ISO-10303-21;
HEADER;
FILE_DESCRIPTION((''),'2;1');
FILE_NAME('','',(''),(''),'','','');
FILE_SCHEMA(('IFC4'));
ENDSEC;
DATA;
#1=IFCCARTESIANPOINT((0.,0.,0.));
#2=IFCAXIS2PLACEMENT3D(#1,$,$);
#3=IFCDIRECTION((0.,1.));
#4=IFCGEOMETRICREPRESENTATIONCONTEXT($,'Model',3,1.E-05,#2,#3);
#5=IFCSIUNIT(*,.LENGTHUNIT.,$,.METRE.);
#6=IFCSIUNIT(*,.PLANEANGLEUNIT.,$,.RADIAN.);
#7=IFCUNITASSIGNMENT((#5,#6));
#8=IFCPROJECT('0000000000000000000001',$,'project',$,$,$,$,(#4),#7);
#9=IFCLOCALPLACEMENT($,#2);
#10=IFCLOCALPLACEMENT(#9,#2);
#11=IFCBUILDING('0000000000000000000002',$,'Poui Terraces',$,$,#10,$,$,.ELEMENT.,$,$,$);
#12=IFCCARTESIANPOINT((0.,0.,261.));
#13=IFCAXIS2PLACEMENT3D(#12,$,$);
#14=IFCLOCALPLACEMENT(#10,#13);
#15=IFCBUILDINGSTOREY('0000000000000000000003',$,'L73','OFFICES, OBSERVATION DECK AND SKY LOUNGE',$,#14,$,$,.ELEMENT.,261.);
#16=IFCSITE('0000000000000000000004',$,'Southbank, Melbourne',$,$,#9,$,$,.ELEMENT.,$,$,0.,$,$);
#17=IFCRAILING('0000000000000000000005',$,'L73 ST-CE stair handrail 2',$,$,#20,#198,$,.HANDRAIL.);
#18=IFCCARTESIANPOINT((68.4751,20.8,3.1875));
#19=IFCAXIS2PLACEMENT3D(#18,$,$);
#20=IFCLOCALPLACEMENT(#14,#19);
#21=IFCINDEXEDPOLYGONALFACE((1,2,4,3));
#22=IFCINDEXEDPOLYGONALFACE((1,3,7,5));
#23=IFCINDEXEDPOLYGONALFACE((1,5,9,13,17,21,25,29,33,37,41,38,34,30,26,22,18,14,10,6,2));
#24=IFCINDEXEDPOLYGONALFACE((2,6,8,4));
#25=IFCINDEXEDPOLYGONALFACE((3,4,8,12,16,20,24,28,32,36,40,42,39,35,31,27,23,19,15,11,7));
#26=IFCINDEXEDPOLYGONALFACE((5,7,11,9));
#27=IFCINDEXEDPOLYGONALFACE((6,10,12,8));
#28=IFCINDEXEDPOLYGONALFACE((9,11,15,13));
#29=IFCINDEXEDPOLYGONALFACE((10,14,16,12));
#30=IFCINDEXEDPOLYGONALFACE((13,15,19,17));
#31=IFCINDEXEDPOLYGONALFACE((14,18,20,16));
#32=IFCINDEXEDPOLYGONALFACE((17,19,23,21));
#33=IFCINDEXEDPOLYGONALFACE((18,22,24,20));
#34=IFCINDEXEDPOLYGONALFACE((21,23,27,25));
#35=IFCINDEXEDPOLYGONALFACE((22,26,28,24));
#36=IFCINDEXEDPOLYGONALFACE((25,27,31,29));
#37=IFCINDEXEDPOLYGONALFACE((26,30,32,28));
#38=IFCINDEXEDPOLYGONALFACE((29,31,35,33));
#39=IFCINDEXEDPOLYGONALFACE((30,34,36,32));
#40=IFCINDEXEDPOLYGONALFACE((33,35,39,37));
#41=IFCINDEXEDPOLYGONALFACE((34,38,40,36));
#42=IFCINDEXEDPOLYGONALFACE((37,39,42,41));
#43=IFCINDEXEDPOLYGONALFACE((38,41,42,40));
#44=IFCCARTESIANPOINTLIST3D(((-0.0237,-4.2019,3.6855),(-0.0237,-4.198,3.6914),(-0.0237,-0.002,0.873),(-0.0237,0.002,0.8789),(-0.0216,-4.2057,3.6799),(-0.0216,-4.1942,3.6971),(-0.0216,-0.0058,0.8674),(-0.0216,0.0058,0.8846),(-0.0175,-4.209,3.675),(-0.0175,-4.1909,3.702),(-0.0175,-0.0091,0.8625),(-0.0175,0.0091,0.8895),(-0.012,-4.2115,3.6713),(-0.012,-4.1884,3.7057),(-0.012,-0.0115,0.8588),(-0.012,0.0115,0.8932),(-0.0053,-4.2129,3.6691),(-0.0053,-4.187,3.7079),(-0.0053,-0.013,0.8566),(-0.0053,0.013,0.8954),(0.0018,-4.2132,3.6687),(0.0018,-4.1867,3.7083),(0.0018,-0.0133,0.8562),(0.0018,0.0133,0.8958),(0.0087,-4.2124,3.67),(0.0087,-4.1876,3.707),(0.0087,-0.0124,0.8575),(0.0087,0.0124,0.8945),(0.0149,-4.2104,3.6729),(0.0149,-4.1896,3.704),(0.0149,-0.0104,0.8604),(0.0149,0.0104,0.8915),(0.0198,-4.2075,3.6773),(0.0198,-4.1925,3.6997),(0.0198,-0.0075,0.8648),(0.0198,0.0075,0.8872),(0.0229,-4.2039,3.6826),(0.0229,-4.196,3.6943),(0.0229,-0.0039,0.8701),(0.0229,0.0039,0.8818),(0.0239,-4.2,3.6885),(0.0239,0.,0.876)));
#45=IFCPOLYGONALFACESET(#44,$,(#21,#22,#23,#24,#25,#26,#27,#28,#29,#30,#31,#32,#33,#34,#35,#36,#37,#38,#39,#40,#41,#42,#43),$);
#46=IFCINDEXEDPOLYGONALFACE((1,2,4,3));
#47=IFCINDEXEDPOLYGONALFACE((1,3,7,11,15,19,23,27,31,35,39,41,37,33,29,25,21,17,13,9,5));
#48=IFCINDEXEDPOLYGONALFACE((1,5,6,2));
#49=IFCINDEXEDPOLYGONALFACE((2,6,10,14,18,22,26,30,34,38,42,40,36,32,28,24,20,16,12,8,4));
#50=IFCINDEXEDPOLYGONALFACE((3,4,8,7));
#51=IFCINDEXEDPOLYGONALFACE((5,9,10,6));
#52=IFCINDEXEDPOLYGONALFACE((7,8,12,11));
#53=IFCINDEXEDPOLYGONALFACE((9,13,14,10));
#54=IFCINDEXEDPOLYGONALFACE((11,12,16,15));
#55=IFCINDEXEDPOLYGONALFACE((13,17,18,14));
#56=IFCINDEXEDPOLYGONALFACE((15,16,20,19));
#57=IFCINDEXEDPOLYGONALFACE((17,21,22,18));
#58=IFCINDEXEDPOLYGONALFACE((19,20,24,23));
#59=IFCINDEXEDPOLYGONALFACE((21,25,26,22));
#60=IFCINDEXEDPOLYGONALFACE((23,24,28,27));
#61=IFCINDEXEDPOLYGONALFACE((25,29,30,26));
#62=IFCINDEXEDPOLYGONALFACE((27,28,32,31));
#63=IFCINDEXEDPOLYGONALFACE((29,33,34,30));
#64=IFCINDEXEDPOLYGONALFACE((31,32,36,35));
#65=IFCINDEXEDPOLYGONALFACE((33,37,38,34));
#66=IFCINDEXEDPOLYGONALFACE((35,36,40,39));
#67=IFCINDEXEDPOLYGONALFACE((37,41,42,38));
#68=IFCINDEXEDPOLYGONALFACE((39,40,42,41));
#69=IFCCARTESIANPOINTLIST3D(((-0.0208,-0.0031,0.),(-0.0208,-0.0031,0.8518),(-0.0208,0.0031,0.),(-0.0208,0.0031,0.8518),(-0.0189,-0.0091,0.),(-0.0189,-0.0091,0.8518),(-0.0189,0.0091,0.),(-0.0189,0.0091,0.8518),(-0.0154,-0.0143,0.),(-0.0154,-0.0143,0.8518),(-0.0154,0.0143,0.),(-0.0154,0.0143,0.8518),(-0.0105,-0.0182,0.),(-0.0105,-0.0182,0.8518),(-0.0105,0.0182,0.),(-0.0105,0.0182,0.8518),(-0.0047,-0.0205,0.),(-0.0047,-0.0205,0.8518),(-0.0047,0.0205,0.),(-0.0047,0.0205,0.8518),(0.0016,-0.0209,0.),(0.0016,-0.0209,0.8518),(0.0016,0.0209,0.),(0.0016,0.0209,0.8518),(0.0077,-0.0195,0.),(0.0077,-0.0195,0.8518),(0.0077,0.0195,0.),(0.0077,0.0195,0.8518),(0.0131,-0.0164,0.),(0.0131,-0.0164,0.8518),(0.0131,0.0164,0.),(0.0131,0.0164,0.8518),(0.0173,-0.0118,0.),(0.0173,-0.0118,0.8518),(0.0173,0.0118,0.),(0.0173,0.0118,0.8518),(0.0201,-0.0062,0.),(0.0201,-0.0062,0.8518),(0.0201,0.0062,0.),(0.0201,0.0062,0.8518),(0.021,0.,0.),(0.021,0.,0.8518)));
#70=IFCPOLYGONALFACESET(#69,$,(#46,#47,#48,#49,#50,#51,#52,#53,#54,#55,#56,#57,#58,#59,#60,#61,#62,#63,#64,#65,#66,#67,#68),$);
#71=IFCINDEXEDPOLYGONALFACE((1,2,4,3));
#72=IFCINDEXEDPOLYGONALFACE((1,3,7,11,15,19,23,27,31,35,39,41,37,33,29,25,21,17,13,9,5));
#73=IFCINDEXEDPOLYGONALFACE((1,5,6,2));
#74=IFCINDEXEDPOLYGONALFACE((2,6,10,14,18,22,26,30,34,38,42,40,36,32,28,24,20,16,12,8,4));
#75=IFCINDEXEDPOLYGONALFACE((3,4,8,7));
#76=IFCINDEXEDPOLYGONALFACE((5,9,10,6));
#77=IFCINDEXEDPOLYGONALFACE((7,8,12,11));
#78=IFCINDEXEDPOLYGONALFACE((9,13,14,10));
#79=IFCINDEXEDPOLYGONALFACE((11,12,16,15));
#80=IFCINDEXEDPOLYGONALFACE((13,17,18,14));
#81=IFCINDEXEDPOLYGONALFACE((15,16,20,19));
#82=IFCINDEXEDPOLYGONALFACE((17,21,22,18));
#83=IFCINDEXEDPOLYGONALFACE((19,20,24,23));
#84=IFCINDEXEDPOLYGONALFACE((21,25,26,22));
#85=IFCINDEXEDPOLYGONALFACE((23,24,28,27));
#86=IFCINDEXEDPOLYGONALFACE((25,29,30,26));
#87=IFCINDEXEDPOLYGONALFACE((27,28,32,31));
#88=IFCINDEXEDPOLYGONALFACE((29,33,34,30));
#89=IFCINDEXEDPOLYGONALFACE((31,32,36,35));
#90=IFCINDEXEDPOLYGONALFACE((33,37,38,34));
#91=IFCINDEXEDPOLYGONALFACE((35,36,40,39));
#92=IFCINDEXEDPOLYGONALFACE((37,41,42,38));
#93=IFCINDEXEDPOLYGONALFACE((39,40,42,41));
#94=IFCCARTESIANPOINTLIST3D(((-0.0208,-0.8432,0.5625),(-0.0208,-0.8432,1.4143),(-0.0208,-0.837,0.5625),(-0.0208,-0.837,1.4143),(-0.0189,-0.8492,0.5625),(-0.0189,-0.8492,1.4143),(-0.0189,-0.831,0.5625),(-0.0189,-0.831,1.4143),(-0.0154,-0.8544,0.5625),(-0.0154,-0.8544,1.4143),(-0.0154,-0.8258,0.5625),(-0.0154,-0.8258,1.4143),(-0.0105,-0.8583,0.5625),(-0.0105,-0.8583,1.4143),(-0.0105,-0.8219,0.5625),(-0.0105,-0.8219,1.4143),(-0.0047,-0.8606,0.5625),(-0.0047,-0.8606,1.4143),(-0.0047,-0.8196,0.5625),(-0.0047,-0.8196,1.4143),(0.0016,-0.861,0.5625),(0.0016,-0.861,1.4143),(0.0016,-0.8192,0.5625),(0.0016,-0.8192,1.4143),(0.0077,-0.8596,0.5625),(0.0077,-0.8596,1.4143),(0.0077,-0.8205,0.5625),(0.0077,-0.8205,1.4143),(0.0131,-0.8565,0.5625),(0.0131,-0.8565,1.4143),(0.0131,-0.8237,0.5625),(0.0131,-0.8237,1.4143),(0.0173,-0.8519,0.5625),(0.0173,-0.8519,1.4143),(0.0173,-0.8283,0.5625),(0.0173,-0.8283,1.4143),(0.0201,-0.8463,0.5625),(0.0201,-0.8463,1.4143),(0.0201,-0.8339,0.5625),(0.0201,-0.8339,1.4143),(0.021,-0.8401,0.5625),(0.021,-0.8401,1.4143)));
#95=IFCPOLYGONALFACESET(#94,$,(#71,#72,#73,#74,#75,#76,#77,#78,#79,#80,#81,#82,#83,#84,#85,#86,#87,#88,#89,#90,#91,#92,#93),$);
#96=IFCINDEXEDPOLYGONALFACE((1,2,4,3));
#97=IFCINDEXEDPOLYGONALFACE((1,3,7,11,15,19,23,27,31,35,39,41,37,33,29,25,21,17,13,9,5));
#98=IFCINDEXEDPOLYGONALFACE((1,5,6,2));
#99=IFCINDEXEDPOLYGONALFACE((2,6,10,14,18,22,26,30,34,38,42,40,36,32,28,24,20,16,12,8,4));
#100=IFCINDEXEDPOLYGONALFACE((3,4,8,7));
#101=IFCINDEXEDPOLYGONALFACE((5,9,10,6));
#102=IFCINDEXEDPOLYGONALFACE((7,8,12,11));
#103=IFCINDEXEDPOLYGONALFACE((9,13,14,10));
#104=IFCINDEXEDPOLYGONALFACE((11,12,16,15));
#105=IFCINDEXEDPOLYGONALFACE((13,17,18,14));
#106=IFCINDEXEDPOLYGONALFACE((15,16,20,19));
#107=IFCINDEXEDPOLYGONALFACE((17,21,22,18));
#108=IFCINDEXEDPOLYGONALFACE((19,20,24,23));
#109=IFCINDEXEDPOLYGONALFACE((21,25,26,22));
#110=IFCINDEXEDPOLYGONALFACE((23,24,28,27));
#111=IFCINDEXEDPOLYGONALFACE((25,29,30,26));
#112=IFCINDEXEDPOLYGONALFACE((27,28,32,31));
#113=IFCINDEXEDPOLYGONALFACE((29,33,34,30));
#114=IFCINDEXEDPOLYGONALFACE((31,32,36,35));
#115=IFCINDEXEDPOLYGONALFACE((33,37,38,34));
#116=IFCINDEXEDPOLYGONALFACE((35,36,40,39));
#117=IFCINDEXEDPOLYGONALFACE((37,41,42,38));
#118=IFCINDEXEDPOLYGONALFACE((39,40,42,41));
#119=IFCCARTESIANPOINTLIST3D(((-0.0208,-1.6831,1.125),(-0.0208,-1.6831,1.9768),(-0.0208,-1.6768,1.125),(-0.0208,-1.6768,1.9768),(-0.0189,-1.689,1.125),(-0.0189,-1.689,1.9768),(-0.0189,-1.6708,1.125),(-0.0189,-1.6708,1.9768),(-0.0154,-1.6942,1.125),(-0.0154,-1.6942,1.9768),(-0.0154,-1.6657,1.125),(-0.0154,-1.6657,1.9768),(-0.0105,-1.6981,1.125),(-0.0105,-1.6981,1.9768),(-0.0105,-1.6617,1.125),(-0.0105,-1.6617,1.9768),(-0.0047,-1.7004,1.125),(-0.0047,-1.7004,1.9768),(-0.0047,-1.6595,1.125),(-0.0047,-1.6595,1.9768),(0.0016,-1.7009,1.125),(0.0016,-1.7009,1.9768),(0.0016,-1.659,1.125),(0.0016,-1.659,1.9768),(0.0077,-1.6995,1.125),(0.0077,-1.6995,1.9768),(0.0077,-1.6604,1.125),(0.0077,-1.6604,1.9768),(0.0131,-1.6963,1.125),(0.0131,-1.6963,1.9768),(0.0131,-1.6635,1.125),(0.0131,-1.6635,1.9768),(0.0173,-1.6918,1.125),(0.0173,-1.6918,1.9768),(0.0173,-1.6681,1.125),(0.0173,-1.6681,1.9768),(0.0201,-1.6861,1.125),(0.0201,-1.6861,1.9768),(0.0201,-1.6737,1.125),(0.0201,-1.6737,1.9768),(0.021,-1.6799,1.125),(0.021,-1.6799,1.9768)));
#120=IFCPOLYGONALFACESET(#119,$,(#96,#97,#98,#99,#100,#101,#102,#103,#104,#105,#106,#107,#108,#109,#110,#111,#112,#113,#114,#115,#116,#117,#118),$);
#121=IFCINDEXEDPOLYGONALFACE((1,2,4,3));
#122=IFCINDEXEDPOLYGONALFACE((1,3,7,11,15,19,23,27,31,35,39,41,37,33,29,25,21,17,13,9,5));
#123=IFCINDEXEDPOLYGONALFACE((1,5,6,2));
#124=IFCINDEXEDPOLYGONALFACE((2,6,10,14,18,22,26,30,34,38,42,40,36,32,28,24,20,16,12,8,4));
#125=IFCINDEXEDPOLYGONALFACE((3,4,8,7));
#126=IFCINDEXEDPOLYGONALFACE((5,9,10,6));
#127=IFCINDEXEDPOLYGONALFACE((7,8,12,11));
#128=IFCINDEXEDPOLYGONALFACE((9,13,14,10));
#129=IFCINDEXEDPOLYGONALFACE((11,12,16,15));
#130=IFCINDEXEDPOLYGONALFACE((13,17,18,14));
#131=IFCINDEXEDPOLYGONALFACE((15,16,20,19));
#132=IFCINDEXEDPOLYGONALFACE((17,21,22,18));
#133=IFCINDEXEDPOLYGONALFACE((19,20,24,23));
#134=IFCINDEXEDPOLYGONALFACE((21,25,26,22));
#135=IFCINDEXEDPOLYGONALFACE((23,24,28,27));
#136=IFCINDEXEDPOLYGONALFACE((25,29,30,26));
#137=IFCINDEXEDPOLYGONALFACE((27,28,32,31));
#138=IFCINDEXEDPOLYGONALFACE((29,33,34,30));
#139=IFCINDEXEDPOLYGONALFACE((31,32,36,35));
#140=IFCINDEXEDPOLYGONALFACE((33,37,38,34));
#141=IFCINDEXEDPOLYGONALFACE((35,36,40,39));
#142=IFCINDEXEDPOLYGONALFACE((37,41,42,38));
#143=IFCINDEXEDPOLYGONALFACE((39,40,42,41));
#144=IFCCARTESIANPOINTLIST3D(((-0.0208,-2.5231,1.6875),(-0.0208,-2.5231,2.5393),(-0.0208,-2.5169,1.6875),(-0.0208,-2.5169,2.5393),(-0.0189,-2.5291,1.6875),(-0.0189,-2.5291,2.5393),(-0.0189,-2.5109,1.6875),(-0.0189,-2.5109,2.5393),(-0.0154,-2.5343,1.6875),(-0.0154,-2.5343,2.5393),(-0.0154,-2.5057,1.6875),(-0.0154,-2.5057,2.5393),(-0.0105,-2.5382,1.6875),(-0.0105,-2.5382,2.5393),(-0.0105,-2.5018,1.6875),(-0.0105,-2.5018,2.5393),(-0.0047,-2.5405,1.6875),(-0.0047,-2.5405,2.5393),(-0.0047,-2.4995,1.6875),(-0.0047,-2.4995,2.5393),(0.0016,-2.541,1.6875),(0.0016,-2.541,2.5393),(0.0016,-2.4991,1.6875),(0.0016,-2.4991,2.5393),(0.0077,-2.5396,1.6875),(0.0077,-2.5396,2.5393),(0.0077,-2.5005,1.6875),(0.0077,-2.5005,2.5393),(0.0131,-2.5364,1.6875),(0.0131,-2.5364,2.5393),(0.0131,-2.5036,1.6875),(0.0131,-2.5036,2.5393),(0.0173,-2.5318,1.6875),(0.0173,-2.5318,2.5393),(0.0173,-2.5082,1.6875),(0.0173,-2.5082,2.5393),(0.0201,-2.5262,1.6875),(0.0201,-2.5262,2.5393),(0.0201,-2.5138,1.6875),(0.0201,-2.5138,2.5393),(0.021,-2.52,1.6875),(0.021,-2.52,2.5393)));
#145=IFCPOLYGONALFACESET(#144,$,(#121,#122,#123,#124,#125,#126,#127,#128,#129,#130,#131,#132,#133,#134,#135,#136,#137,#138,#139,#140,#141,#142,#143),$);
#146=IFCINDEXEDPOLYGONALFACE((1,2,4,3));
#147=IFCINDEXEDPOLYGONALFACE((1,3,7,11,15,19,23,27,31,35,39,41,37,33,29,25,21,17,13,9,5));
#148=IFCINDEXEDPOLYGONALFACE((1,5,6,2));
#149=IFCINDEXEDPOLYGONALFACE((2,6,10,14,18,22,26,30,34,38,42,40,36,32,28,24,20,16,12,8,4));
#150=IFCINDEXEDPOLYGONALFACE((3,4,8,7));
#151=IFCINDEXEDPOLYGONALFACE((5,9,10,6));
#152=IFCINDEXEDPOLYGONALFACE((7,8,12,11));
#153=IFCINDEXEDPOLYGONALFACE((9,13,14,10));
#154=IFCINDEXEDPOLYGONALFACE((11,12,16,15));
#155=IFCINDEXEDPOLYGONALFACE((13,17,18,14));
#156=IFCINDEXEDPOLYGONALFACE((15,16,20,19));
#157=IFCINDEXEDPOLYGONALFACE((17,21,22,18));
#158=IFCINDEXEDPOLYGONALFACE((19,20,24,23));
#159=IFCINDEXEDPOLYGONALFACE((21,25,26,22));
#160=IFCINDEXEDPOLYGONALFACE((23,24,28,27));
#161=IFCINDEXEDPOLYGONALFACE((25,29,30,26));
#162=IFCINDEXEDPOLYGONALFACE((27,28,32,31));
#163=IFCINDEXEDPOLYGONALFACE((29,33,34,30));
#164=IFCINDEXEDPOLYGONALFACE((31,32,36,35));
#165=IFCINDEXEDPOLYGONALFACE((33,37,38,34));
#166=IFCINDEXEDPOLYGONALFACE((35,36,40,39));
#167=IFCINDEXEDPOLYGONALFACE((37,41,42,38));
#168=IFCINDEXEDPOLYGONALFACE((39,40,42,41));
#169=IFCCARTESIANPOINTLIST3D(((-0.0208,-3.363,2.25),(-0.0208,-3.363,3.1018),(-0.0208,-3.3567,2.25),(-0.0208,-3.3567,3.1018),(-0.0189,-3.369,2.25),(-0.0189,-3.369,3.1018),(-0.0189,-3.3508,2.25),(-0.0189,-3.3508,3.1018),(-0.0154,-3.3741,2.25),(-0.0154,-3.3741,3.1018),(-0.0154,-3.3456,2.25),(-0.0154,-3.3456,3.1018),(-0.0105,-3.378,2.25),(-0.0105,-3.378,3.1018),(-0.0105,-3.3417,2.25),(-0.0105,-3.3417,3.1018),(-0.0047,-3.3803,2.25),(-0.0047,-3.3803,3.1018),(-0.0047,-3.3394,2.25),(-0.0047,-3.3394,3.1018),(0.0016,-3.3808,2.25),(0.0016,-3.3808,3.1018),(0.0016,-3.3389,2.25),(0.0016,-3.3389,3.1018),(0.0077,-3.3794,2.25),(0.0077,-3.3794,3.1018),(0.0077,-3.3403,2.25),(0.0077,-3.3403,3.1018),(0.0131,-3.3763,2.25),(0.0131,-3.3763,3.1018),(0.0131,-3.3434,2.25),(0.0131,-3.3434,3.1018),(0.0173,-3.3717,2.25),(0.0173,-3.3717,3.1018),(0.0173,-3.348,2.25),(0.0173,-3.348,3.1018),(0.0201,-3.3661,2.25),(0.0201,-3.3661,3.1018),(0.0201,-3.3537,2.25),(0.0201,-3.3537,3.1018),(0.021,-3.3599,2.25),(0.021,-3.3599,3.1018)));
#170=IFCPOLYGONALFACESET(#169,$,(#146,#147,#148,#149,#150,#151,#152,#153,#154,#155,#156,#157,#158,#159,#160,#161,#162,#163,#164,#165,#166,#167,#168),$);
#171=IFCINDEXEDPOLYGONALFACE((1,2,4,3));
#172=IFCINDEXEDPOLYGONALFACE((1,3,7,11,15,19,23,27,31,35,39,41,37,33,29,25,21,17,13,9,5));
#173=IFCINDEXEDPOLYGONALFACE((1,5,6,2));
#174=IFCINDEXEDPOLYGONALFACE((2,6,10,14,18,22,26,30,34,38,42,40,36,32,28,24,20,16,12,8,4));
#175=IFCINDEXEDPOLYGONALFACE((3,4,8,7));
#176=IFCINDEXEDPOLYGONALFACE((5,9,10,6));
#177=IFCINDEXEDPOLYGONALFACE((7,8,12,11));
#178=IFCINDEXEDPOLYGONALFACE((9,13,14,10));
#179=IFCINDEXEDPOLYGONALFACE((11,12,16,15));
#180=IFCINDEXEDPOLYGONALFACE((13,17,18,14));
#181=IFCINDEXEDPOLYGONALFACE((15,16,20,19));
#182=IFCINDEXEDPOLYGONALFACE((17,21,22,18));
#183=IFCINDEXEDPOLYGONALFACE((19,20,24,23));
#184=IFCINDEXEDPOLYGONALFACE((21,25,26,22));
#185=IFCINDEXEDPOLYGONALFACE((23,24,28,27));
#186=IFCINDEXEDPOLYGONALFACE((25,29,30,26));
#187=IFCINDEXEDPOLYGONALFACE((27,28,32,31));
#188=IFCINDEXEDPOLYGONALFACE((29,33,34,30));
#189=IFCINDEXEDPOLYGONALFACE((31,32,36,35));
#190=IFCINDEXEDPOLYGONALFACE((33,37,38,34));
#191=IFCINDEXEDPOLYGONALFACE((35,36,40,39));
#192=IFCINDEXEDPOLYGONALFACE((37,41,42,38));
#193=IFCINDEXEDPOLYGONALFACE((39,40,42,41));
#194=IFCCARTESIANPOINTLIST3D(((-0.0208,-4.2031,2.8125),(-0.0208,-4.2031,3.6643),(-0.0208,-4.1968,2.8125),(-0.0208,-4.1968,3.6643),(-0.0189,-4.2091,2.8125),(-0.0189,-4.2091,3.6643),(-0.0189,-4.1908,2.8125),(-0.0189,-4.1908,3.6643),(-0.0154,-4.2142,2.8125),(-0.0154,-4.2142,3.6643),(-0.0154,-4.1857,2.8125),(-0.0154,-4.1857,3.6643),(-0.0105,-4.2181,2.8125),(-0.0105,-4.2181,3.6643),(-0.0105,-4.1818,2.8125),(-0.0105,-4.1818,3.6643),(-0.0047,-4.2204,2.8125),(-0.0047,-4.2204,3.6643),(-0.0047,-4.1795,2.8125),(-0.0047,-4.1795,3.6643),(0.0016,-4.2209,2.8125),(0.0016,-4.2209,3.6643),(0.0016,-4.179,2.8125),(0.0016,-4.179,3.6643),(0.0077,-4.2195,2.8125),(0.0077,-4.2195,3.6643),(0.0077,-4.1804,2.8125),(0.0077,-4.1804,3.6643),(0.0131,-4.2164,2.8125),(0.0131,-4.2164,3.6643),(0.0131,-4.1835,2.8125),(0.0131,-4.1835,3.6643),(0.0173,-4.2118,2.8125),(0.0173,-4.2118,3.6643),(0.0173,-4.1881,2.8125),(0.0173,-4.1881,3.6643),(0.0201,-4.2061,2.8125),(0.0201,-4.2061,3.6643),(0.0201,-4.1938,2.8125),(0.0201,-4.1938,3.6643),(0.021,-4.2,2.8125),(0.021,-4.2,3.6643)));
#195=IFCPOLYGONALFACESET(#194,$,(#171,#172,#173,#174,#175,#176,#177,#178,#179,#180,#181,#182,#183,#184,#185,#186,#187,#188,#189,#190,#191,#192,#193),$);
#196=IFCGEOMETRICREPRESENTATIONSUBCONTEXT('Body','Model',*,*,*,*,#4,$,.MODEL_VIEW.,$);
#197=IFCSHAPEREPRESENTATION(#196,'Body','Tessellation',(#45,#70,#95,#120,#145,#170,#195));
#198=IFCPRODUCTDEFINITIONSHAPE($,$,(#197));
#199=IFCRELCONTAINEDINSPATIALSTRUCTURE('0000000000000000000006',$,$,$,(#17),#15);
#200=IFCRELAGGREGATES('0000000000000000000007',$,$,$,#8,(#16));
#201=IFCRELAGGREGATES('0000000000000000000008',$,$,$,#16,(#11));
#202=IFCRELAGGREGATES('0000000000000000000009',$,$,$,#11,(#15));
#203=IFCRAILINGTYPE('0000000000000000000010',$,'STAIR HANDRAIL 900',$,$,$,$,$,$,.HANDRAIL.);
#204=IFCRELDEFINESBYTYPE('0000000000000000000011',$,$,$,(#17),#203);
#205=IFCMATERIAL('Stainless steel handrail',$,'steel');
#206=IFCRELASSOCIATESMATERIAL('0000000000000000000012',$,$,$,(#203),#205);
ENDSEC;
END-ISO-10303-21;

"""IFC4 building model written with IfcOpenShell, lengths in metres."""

from ifc_helpers import new_model, si_unit, direction, frame, origin, origin_2d, place, context, subcontext, project, spatial, circle, extrude, material, type_object, element, save


model = new_model("IFC4")

# Units and contexts
model_context = context("Model", 3, precision=1e-05, world=origin(), true_north=direction((0.0, 1.0)))
body_context = subcontext(model_context, "Body", "Model", "MODEL_VIEW")
ifc_project = project(units=[si_unit("LENGTHUNIT", "METRE"), si_unit("PLANEANGLEUNIT", "RADIAN")], contexts=[model_context])

# Site, building, storey
site_placement = place(None, origin())
site = spatial("IfcSite", under=ifc_project, at=site_placement, Name="Southbank, Melbourne", CompositionType="ELEMENT", RefElevation=0.0)
building_placement = place(site_placement, origin())
building = spatial("IfcBuilding", under=site, at=building_placement, Name="Poui Terraces", CompositionType="ELEMENT")
storey_placement = place(building_placement, frame((0.0, 0.0, 261.0)))
storey = spatial("IfcBuildingStorey", under=building, at=storey_placement, Name="L73", Description="OFFICES, OBSERVATION DECK AND SKY LOUNGE", CompositionType="ELEMENT", Elevation=261.0)

# Railing
ifc_material_1 = material(Name="Stainless steel handrail", Category="steel")
railing_type_1 = type_object("IfcRailingType", Name="STAIR HANDRAIL 900", PredefinedType="HANDRAIL", material=ifc_material_1)
railing_1_placement = place(storey_placement, frame((68.4751, 20.8, 3.1875)))
element("IfcRailing", 1, at=railing_1_placement, inside=storey, type_object=railing_type_1, Name="L73 ST-CE stair handrail 2", PredefinedType="HANDRAIL", context=body_context, shape_type="SweptSolid", body=[
    extrude(circle(Radius=0.0239, at=origin_2d()), frame((0.0, 0.0, 0.876), z_axis=(0.0, -0.830904, 0.556416), x_axis=(1.0, 0.0, 0.0)), (0.0, 0.0, 1.0), 5.0547),
    extrude(circle(Radius=0.021, at=origin_2d()), origin(), (0.0, 0.0, 1.0), 0.8518),
    extrude(circle(Radius=0.021, at=origin_2d()), frame((0.0, -0.8401, 0.5625)), (0.0, 0.0, 1.0), 0.8518),
    extrude(circle(Radius=0.021, at=origin_2d()), frame((0.0, -1.6799, 1.125)), (0.0, 0.0, 1.0), 0.8518),
    extrude(circle(Radius=0.021, at=origin_2d()), frame((0.0, -2.52, 1.6875)), (0.0, 0.0, 1.0), 0.8518),
    extrude(circle(Radius=0.021, at=origin_2d()), frame((0.0, -3.3599, 2.25)), (0.0, 0.0, 1.0), 0.8518),
    extrude(circle(Radius=0.021, at=origin_2d()), frame((0.0, -4.2, 2.8125)), (0.0, 0.0, 1.0), 0.8518),
])

save(model, "model.ifc")
